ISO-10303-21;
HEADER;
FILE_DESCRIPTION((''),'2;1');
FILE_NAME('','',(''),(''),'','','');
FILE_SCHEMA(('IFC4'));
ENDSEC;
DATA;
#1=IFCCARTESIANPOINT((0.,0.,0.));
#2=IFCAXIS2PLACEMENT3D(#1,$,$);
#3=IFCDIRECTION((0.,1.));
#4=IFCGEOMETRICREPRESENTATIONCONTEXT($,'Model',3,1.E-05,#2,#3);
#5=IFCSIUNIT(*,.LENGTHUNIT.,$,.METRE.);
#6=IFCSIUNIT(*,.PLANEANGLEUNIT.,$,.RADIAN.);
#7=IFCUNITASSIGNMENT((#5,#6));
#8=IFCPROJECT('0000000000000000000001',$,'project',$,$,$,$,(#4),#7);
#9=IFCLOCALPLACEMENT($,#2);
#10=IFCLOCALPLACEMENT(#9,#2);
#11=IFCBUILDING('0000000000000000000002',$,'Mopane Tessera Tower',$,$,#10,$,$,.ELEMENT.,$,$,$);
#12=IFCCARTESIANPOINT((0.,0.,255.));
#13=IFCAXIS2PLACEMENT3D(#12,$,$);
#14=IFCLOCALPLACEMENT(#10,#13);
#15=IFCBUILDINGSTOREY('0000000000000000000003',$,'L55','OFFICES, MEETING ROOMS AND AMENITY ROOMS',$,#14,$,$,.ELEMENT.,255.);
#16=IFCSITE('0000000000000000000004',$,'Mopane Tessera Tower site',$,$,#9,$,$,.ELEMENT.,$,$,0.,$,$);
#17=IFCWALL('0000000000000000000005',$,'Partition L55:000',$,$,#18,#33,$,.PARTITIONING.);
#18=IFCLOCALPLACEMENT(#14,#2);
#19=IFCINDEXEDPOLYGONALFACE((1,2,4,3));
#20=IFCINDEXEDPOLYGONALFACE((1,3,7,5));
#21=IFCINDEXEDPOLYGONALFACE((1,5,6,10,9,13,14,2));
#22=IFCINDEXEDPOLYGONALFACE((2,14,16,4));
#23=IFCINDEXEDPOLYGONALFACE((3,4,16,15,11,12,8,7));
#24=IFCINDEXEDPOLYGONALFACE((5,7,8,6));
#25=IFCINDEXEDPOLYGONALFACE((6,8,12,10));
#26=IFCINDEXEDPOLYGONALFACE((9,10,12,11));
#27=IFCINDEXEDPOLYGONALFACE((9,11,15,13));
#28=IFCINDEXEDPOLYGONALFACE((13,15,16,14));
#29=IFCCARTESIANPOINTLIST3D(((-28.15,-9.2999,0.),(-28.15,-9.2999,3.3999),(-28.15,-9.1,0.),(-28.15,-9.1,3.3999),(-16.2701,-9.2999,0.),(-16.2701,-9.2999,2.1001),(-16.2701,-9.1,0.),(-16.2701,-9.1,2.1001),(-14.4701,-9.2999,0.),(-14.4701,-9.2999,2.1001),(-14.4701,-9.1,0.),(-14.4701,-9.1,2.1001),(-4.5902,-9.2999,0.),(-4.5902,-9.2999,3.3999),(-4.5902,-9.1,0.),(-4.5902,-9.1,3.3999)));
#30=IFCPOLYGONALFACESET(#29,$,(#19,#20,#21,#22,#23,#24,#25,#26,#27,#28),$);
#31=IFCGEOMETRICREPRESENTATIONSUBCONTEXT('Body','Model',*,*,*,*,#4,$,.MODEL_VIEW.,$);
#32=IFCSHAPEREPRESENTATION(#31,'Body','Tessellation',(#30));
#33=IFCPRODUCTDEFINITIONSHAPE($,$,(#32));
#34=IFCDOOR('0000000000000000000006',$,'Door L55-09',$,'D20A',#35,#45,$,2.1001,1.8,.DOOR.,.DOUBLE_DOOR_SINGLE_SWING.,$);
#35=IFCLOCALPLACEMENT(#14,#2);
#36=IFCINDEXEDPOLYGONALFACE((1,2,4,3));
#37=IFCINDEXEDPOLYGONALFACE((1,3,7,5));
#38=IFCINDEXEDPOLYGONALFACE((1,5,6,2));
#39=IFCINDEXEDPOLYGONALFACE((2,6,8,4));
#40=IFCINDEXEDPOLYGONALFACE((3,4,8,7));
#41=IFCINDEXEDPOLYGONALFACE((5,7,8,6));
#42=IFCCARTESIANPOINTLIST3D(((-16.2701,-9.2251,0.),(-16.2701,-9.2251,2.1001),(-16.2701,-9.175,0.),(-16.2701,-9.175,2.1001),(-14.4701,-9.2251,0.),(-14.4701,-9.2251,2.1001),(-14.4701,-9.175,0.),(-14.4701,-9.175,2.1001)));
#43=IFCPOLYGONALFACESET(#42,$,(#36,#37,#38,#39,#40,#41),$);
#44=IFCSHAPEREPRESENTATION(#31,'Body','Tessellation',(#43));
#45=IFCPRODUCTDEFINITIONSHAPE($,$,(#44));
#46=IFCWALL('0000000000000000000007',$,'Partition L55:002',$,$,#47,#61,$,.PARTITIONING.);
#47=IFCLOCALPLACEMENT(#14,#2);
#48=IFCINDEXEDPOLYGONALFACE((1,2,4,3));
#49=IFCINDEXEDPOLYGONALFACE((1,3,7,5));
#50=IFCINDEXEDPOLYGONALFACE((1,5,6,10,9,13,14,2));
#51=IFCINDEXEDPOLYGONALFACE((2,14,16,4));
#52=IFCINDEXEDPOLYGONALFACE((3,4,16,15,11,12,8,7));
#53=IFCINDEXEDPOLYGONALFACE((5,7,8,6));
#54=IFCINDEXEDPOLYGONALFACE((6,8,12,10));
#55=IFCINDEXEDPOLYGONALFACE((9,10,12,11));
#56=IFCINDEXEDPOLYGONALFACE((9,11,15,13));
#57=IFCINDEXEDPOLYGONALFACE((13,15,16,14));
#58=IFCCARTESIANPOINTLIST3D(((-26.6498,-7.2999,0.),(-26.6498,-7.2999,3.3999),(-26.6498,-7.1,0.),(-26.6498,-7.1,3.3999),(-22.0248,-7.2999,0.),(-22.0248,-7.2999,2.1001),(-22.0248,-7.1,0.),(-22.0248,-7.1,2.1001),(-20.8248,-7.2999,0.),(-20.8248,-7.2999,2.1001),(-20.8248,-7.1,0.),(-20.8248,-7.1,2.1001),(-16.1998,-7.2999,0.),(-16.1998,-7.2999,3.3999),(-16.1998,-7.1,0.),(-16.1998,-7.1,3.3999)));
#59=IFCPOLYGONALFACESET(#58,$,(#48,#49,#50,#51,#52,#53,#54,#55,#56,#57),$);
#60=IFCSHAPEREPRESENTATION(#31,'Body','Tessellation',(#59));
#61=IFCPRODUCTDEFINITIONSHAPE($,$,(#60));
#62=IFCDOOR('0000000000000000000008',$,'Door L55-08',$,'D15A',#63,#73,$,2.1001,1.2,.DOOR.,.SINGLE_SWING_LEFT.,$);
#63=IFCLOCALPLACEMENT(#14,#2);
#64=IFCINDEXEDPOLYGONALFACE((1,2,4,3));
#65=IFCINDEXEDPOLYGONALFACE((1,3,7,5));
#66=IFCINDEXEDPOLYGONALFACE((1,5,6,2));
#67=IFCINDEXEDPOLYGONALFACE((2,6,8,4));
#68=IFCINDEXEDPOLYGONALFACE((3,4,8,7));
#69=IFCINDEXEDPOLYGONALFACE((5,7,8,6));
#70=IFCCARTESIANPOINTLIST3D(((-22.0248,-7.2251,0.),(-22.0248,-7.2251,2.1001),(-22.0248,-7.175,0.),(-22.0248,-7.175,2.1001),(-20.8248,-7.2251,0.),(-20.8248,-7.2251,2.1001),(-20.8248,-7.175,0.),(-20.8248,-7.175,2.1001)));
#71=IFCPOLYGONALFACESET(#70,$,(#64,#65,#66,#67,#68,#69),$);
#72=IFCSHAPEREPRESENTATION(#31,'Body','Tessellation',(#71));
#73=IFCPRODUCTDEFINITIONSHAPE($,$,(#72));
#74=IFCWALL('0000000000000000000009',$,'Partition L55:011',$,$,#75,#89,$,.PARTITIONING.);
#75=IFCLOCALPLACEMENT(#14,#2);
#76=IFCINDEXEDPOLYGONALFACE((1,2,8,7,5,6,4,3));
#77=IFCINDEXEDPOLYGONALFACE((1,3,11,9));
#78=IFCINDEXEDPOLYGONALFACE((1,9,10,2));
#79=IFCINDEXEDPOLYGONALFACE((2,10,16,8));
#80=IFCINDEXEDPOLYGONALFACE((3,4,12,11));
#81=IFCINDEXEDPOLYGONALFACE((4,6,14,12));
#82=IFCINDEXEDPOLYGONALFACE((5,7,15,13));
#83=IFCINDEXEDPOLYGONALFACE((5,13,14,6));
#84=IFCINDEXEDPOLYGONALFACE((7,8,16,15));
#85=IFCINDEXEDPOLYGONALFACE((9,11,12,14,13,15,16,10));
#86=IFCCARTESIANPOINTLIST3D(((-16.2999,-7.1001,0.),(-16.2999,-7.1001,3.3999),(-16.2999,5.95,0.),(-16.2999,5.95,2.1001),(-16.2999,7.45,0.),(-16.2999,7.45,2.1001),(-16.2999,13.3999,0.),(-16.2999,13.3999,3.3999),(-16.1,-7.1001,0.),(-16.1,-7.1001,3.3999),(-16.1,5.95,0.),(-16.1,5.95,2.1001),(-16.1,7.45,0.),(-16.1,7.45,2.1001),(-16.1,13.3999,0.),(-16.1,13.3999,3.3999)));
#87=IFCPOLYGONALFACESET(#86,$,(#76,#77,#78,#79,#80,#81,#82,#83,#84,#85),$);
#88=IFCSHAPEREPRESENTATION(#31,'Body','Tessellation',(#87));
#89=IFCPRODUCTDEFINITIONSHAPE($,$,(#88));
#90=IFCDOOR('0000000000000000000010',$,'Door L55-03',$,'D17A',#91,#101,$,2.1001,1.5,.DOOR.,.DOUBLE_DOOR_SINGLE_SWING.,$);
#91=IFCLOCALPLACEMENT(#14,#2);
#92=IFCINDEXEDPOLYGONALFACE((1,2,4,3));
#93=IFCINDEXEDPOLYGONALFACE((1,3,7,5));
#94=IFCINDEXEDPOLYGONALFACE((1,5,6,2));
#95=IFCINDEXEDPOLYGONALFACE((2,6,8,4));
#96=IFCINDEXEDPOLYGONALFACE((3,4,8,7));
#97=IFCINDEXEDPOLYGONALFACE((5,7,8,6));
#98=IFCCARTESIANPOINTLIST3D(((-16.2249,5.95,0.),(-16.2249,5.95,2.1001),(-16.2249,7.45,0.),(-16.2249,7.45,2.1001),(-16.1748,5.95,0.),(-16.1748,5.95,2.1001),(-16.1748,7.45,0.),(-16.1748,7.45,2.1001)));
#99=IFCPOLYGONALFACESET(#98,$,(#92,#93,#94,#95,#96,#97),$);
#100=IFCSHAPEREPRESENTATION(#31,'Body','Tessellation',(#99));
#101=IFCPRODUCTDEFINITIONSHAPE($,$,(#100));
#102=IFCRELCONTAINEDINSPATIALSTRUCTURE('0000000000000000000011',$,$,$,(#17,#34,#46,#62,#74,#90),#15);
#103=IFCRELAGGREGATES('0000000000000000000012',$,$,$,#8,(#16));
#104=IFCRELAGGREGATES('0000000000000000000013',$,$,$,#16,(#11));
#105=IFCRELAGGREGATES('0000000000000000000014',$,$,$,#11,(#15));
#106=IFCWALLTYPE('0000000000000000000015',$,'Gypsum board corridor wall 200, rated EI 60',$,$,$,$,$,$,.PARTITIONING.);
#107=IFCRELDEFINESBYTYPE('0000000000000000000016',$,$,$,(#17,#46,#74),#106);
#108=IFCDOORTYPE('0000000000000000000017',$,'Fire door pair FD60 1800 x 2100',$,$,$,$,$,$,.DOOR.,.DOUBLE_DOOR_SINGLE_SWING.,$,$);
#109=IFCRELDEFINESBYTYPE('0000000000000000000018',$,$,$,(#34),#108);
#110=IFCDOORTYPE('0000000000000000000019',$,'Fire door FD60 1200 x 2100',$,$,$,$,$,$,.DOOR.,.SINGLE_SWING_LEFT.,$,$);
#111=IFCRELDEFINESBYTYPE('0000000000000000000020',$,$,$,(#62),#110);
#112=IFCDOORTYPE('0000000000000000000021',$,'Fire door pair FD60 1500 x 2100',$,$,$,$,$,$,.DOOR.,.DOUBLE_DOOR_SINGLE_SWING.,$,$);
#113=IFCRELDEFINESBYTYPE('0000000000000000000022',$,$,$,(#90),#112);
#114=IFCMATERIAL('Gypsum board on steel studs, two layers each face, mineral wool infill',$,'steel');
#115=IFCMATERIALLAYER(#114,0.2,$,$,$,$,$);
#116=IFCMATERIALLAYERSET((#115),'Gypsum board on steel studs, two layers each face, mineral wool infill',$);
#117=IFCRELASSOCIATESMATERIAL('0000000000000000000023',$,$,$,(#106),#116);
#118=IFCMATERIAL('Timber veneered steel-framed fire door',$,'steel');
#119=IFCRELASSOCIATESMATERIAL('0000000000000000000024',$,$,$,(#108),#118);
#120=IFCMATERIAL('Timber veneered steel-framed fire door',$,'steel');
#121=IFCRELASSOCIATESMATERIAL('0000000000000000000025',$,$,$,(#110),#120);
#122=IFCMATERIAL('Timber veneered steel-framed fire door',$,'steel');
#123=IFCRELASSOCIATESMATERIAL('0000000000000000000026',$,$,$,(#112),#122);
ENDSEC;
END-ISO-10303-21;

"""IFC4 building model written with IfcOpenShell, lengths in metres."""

from ifc_helpers import new_model, si_unit, direction, frame, frame_2d, origin, place, context, subcontext, project, spatial, rectangle, extrude, material, layer, layer_set, type_object, element, fill, save


model = new_model("IFC4")

# Units and contexts
model_context = context("Model", 3, precision=1e-05, world=origin(), true_north=direction((0.0, 1.0)))
body_context = subcontext(model_context, "Body", "Model", "MODEL_VIEW")
ifc_project = project(units=[si_unit("LENGTHUNIT", "METRE"), si_unit("PLANEANGLEUNIT", "RADIAN")], contexts=[model_context])

# Site, building, storey
site_placement = place(None, origin())
site = spatial("IfcSite", under=ifc_project, at=site_placement, Name="Mopane Tessera Tower site", CompositionType="ELEMENT", RefElevation=0.0)
building_placement = place(site_placement, origin())
building = spatial("IfcBuilding", under=site, at=building_placement, Name="Mopane Tessera Tower", CompositionType="ELEMENT")
storey_placement = place(building_placement, frame((0.0, 0.0, 255.0)))
storey = spatial("IfcBuildingStorey", under=building, at=storey_placement, Name="L55", Description="OFFICES, MEETING ROOMS AND AMENITY ROOMS", CompositionType="ELEMENT", Elevation=255.0)

# Walls, openings, doors
ifc_material_1 = material(Name="Gypsum board on steel studs, two layers each face, mineral wool infill", Category="steel")
ifc_layer_1 = layer(ifc_material_1, 0.2)
ifc_layer_set_1 = layer_set([ifc_layer_1], Name="Gypsum board on steel studs, two layers each face, mineral wool infill")
wall_type_1 = type_object("IfcWallType", Name="Gypsum board corridor wall 200, rated EI 60", PredefinedType="PARTITIONING", material=ifc_layer_set_1)
wall_1_placement = place(storey_placement, frame((-28.1499, -9.2, 0.0), z_axis=(0.0, 0.0, 1.0), x_axis=(1.0, 0.0, 0.0)))
wall_1 = element("IfcWall", 1, at=wall_1_placement, inside=storey, type_object=wall_type_1, Name="Partition L55:000", PredefinedType="PARTITIONING", context=body_context, shape_type="SweptSolid", body=[
    extrude(rectangle(XDim=23.5598, YDim=0.2, at=frame_2d((11.7798, 0.0))), origin(), (0.0, 0.0, 1.0), 3.3999),
])
opening_1_placement = place(wall_1_placement, frame((11.8799, 0.0, 0.0)))
opening_1 = element("IfcOpeningElement", 2, at=opening_1_placement, cuts=wall_1, PredefinedType="OPENING", context=body_context, shape_type="SweptSolid", body=[
    extrude(rectangle(XDim=1.8, YDim=2.1001, at=frame_2d((0.8999, 1.05))), frame((0.0, 0.1121, 0.0), z_axis=(0.0, -1.0, 0.0), x_axis=(1.0, 0.0, 0.0)), (0.0, 0.0, 1.0), 0.2239),
])
ifc_material_2 = material(Name="Timber veneered steel-framed fire door", Category="steel")
door_type_1 = type_object("IfcDoorType", Name="Fire door pair FD60 1800 x 2100", OperationType="DOUBLE_DOOR_SINGLE_SWING", PredefinedType="DOOR", material=ifc_material_2)
door_1_placement = place(opening_1_placement, origin())
door_1 = element("IfcDoor", 3, at=door_1_placement, inside=storey, type_object=door_type_1, Name="Door L55-09", ObjectType="D20A", OperationType="DOUBLE_DOOR_SINGLE_SWING", OverallHeight=2.1001, OverallWidth=1.8, PredefinedType="DOOR", context=body_context, shape_type="SweptSolid", body=[
    extrude(rectangle(XDim=1.8, YDim=2.1001, at=frame_2d((0.8999, 1.05))), frame((0.0, 0.0249, 0.0), z_axis=(0.0, -1.0, 0.0), x_axis=(1.0, 0.0, 0.0)), (0.0, 0.0, 1.0), 0.05),
])
fill(opening_1, door_1)
wall_2_placement = place(storey_placement, frame((-26.6499, -7.2, 0.0), z_axis=(0.0, 0.0, 1.0), x_axis=(1.0, 0.0, 0.0)))
wall_2 = element("IfcWall", 4, at=wall_2_placement, inside=storey, type_object=wall_type_1, Name="Partition L55:002", PredefinedType="PARTITIONING", context=body_context, shape_type="SweptSolid", body=[
    extrude(rectangle(XDim=10.45, YDim=0.2, at=frame_2d((5.2251, 0.0))), origin(), (0.0, 0.0, 1.0), 3.3999),
])
opening_2_placement = place(wall_2_placement, frame((4.625, 0.0, 0.0)))
opening_2 = element("IfcOpeningElement", 5, at=opening_2_placement, cuts=wall_2, PredefinedType="OPENING", context=body_context, shape_type="SweptSolid", body=[
    extrude(rectangle(XDim=1.2, YDim=2.1001, at=frame_2d((0.6001, 1.05))), frame((0.0, 0.1121, 0.0), z_axis=(0.0, -1.0, 0.0), x_axis=(1.0, 0.0, 0.0)), (0.0, 0.0, 1.0), 0.2239),
])
ifc_material_3 = material(Name="Timber veneered steel-framed fire door", Category="steel")
door_type_2 = type_object("IfcDoorType", Name="Fire door FD60 1200 x 2100", OperationType="SINGLE_SWING_LEFT", PredefinedType="DOOR", material=ifc_material_3)
door_2_placement = place(opening_2_placement, origin())
door_2 = element("IfcDoor", 6, at=door_2_placement, inside=storey, type_object=door_type_2, Name="Door L55-08", ObjectType="D15A", OperationType="SINGLE_SWING_LEFT", OverallHeight=2.1001, OverallWidth=1.2, PredefinedType="DOOR", context=body_context, shape_type="SweptSolid", body=[
    extrude(rectangle(XDim=1.2, YDim=2.1001, at=frame_2d((0.6001, 1.05))), frame((0.0, 0.0249, 0.0), z_axis=(0.0, -1.0, 0.0), x_axis=(1.0, 0.0, 0.0)), (0.0, 0.0, 1.0), 0.05),
])
fill(opening_2, door_2)
wall_3_placement = place(storey_placement, frame((-16.2, -7.1001, 0.0), z_axis=(0.0, 0.0, 1.0), x_axis=(0.0, 1.0, 0.0)))
wall_3 = element("IfcWall", 7, at=wall_3_placement, inside=storey, type_object=wall_type_1, Name="Partition L55:011", PredefinedType="PARTITIONING", context=body_context, shape_type="SweptSolid", body=[
    extrude(rectangle(XDim=20.5, YDim=0.2, at=frame_2d((10.25, 0.0))), origin(), (0.0, 0.0, 1.0), 3.3999),
])
opening_3_placement = place(wall_3_placement, frame((13.05, 0.0, 0.0)))
opening_3 = element("IfcOpeningElement", 8, at=opening_3_placement, cuts=wall_3, PredefinedType="OPENING", context=body_context, shape_type="SweptSolid", body=[
    extrude(rectangle(XDim=1.5, YDim=2.1001, at=frame_2d((0.75, 1.05))), frame((0.0, 0.1121, 0.0), z_axis=(0.0, -1.0, 0.0), x_axis=(1.0, 0.0, 0.0)), (0.0, 0.0, 1.0), 0.2239),
])
ifc_material_4 = material(Name="Timber veneered steel-framed fire door", Category="steel")
door_type_3 = type_object("IfcDoorType", Name="Fire door pair FD60 1500 x 2100", OperationType="DOUBLE_DOOR_SINGLE_SWING", PredefinedType="DOOR", material=ifc_material_4)
door_3_placement = place(opening_3_placement, origin())
door_3 = element("IfcDoor", 9, at=door_3_placement, inside=storey, type_object=door_type_3, Name="Door L55-03", ObjectType="D17A", OperationType="DOUBLE_DOOR_SINGLE_SWING", OverallHeight=2.1001, OverallWidth=1.5, PredefinedType="DOOR", context=body_context, shape_type="SweptSolid", body=[
    extrude(rectangle(XDim=1.5, YDim=2.1001, at=frame_2d((0.75, 1.05))), frame((0.0, 0.0249, 0.0), z_axis=(0.0, -1.0, 0.0), x_axis=(1.0, 0.0, 0.0)), (0.0, 0.0, 1.0), 0.05),
])
fill(opening_3, door_3)

save(model, "model.ifc")
